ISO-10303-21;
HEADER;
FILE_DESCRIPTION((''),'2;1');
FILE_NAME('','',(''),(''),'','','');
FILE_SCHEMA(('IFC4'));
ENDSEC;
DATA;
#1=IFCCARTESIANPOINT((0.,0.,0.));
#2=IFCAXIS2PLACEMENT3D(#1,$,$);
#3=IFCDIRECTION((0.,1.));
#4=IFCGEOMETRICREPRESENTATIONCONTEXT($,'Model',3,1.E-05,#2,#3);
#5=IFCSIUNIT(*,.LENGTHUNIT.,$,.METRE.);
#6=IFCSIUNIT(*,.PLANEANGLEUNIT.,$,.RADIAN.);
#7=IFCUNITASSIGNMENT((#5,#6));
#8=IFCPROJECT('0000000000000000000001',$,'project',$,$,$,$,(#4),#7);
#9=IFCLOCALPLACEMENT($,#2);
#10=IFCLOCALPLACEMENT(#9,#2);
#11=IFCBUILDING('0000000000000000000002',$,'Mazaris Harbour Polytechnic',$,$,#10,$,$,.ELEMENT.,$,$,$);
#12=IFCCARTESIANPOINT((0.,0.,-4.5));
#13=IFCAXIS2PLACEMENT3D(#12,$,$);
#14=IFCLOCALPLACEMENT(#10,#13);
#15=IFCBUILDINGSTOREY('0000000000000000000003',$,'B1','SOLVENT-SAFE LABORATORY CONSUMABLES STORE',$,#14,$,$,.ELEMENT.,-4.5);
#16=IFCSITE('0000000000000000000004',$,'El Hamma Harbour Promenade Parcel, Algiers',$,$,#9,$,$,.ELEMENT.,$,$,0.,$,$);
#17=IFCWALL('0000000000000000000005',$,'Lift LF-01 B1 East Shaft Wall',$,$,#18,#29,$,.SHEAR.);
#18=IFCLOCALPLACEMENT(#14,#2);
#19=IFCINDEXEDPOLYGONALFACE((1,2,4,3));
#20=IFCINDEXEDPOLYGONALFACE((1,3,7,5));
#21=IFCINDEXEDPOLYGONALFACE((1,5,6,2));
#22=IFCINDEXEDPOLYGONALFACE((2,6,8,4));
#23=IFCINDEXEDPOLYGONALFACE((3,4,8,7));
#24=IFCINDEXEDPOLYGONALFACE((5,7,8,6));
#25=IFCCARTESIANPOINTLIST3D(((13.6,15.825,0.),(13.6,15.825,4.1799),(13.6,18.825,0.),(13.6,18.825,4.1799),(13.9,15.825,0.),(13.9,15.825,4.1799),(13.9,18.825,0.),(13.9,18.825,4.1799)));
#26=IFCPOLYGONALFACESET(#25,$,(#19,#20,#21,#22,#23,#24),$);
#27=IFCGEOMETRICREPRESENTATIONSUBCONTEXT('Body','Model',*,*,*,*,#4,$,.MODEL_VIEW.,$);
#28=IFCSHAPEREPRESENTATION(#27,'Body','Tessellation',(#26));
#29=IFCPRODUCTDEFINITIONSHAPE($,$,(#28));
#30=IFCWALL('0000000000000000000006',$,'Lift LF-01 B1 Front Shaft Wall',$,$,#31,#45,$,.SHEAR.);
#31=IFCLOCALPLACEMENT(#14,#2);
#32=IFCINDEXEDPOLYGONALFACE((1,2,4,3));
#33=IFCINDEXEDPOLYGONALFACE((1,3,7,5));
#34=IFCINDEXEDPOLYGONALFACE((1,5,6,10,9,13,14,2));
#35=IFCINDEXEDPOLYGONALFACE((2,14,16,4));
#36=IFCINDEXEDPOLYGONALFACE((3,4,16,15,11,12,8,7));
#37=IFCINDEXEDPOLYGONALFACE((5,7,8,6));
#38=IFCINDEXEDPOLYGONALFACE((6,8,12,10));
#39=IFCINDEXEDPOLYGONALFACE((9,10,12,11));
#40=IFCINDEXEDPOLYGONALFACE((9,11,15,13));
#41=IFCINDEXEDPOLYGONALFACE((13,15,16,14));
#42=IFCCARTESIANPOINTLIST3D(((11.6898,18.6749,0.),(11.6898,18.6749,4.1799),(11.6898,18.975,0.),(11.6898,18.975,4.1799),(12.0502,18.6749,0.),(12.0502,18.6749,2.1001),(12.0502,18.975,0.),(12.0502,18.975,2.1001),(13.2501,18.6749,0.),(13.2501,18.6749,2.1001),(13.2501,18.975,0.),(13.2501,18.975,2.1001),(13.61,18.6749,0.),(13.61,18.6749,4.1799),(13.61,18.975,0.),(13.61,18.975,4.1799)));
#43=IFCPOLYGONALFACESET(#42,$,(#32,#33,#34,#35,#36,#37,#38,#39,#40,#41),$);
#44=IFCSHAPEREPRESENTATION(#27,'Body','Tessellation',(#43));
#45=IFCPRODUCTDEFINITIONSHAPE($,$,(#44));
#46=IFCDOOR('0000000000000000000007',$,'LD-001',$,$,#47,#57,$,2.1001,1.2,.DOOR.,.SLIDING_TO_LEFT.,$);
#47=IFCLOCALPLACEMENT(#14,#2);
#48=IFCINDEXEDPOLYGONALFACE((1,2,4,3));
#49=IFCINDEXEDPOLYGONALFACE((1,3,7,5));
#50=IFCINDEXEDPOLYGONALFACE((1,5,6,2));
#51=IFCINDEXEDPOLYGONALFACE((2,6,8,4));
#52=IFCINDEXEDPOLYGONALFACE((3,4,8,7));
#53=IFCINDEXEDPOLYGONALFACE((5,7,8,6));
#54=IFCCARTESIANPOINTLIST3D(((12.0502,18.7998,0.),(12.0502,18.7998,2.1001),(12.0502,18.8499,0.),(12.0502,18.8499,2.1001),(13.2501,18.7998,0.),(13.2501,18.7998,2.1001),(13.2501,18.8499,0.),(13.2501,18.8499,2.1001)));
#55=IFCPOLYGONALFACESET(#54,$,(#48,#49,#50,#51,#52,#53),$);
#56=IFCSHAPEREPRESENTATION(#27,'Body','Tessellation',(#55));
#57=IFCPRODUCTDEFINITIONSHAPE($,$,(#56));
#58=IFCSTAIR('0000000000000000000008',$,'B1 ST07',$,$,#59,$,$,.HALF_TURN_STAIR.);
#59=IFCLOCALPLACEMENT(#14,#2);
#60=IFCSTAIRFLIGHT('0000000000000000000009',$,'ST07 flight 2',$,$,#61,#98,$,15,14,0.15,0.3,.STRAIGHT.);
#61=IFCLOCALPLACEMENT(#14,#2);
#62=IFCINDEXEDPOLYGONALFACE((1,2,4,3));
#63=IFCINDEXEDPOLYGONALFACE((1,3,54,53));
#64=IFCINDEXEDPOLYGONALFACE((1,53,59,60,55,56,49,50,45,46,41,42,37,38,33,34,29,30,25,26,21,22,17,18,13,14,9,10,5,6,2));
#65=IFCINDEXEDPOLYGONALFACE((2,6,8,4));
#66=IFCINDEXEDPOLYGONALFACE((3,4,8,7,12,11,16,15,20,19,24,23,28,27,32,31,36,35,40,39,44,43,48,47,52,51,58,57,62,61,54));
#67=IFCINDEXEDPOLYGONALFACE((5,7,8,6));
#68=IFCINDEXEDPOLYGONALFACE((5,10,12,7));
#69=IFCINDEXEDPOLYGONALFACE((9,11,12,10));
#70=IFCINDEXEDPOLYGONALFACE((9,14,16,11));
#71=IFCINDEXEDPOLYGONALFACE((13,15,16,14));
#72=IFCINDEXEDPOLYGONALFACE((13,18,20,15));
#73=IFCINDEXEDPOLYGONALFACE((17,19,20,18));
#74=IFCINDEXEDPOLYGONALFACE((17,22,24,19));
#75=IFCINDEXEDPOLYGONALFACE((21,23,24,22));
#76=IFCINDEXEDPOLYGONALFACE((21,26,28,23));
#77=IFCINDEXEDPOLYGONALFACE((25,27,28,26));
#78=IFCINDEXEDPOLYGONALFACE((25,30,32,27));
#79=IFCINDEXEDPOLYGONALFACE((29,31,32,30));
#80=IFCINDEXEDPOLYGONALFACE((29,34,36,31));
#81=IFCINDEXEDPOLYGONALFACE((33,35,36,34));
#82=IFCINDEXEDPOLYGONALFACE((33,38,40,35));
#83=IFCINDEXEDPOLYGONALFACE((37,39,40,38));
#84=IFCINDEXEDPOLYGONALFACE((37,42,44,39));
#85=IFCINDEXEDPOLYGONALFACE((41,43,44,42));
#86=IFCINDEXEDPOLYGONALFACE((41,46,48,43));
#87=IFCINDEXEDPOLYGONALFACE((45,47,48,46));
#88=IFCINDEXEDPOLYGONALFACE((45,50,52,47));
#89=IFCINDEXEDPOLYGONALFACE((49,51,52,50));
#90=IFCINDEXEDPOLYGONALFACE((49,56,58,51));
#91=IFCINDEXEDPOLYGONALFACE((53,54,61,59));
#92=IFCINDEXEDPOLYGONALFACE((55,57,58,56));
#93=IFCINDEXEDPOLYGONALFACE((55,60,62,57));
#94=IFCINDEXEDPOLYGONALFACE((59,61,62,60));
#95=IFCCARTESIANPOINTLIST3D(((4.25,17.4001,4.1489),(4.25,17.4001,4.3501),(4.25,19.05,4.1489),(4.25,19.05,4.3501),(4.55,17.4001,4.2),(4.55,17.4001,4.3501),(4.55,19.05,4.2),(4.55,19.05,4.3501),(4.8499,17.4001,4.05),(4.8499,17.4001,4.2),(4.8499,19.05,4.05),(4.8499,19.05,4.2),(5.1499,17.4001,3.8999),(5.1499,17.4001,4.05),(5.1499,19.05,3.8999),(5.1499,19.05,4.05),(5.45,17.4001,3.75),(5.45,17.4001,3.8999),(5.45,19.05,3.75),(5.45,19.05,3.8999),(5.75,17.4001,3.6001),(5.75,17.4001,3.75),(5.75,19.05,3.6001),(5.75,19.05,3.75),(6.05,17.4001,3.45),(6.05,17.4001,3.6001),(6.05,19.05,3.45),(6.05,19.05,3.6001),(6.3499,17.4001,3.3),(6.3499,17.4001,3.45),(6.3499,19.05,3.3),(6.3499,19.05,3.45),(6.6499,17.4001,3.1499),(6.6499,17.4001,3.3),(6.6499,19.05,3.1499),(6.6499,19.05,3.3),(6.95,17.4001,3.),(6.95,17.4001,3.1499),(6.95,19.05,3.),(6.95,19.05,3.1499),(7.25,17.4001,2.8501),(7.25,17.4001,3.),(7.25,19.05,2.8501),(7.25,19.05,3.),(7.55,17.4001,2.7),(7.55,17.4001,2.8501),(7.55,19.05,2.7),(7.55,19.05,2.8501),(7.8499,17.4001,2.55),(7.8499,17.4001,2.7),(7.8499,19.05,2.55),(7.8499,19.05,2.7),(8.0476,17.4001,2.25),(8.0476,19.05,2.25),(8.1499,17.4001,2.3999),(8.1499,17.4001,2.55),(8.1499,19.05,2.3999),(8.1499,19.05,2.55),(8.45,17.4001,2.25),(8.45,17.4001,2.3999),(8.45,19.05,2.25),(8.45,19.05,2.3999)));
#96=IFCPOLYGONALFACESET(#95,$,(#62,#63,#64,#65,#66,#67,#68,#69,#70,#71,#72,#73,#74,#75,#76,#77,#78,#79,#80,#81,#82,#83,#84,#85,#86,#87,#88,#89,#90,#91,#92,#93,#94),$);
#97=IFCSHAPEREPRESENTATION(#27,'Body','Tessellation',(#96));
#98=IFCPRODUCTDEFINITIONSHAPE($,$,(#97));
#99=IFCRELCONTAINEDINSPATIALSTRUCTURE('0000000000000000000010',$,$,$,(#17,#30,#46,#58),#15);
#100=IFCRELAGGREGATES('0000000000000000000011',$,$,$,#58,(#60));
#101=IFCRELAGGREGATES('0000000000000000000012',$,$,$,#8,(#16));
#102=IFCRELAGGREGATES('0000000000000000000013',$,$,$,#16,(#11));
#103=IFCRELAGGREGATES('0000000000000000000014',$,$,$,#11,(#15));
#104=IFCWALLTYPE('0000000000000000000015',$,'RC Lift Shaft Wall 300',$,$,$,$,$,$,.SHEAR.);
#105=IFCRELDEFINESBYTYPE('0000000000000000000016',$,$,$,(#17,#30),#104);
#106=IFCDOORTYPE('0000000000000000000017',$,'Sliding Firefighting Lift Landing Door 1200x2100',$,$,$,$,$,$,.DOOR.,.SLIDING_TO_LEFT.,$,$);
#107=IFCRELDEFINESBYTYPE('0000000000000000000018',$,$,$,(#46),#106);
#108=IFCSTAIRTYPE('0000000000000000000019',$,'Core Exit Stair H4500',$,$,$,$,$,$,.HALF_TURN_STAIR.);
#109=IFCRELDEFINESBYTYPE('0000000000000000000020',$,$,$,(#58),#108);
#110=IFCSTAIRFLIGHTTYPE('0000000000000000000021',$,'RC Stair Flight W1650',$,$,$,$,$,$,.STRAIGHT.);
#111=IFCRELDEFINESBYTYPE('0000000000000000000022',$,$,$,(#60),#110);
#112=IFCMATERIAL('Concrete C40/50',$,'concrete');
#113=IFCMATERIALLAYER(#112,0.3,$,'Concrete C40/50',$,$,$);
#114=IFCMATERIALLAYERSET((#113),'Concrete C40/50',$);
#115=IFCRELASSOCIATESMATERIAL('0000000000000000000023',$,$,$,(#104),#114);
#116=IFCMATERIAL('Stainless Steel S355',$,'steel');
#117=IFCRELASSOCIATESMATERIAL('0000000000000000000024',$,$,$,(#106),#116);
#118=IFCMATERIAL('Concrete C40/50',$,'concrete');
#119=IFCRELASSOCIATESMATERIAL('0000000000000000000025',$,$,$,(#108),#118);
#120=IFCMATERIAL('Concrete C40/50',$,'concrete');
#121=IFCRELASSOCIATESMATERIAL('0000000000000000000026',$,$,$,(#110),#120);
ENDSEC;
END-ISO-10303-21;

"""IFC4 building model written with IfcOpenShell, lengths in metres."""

from ifc_helpers import new_model, si_unit, direction, frame, frame_2d, origin, place, context, subcontext, project, spatial, polyline, rectangle, outline, extrude, material, layer, layer_set, type_object, element, fill, aggregate, save


model = new_model("IFC4")

# Units and contexts
model_context = context("Model", 3, precision=1e-05, world=origin(), true_north=direction((0.0, 1.0)))
body_context = subcontext(model_context, "Body", "Model", "MODEL_VIEW")
ifc_project = project(units=[si_unit("LENGTHUNIT", "METRE"), si_unit("PLANEANGLEUNIT", "RADIAN")], contexts=[model_context])

# Site, building, storey
site_placement = place(None, origin())
site = spatial("IfcSite", under=ifc_project, at=site_placement, Name="El Hamma Harbour Promenade Parcel, Algiers", CompositionType="ELEMENT", RefElevation=0.0)
building_placement = place(site_placement, origin())
building = spatial("IfcBuilding", under=site, at=building_placement, Name="Mazaris Harbour Polytechnic", CompositionType="ELEMENT")
storey_placement = place(building_placement, frame((0.0, 0.0, -4.5)))
storey = spatial("IfcBuildingStorey", under=building, at=storey_placement, Name="B1", Description="SOLVENT-SAFE LABORATORY CONSUMABLES STORE", CompositionType="ELEMENT", Elevation=-4.5)

# Wall
ifc_material_1 = material(Name="Concrete C40/50", Category="concrete")
ifc_layer_1 = layer(ifc_material_1, 0.3, Name="Concrete C40/50")
ifc_layer_set_1 = layer_set([ifc_layer_1], Name="Concrete C40/50")
wall_type_1 = type_object("IfcWallType", Name="RC Lift Shaft Wall 300", PredefinedType="SHEAR", material=ifc_layer_set_1)
for number, where, z_axis, x_axis, name in (
    (1, (13.75, 15.825, 0.0), (0.0, 0.0, 1.0), (0.0, 1.0, 0.0), "Lift LF-01 B1 East Shaft Wall"),
):
    element("IfcWall", number, at=place(storey_placement, frame(where, z_axis=z_axis, x_axis=x_axis)), inside=storey, type_object=wall_type_1, Name=name, PredefinedType="SHEAR", context=body_context, shape_type="SweptSolid", body=[
        extrude(rectangle(XDim=3.0, YDim=0.3, at=frame_2d((1.5, 0.0))), origin(), (0.0, 0.0, 1.0), 4.1799),
    ])

# Wall, opening, door
wall_1_placement = place(storey_placement, frame((11.6899, 18.825, 0.0), z_axis=(0.0, 0.0, 1.0), x_axis=(1.0, 0.0, 0.0)))
wall_1 = element("IfcWall", 2, at=wall_1_placement, inside=storey, type_object=wall_type_1, Name="Lift LF-01 B1 Front Shaft Wall", PredefinedType="SHEAR", context=body_context, shape_type="SweptSolid", body=[
    extrude(rectangle(XDim=1.9202, YDim=0.3, at=frame_2d((0.96, 0.0))), origin(), (0.0, 0.0, 1.0), 4.1799),
])
opening_placement = place(wall_1_placement, frame((0.3601, 0.0, 0.0)))
opening = element("IfcOpeningElement", 3, at=opening_placement, cuts=wall_1, PredefinedType="OPENING", context=body_context, shape_type="SweptSolid", body=[
    extrude(rectangle(XDim=1.2, YDim=2.1001, at=frame_2d((0.6001, 1.05))), frame((0.0, 0.1599, 0.0), z_axis=(0.0, -1.0, 0.0), x_axis=(1.0, 0.0, 0.0)), (0.0, 0.0, 1.0), 0.3201),
])
ifc_material_2 = material(Name="Stainless Steel S355", Category="steel")
door_type = type_object("IfcDoorType", Name="Sliding Firefighting Lift Landing Door 1200x2100", OperationType="SLIDING_TO_LEFT", PredefinedType="DOOR", material=ifc_material_2)
door_placement = place(opening_placement, origin())
door = element("IfcDoor", 4, at=door_placement, inside=storey, type_object=door_type, Name="LD-001", OperationType="SLIDING_TO_LEFT", OverallHeight=2.1001, OverallWidth=1.2, PredefinedType="DOOR", context=body_context, shape_type="SweptSolid", body=[
    extrude(rectangle(XDim=1.2, YDim=2.1001, at=frame_2d((0.6001, 1.05))), frame((0.0, 0.0249, 0.0), z_axis=(0.0, -1.0, 0.0), x_axis=(1.0, 0.0, 0.0)), (0.0, 0.0, 1.0), 0.05),
])
fill(opening, door)

# Stair, stair flight
ifc_material_3 = material(Name="Concrete C40/50", Category="concrete")
stair_type = type_object("IfcStairType", Name="Core Exit Stair H4500", PredefinedType="HALF_TURN_STAIR", material=ifc_material_3)
stair_placement = place(storey_placement, origin())
stair = element("IfcStair", 5, at=stair_placement, inside=storey, type_object=stair_type, Name="B1 ST07", PredefinedType="HALF_TURN_STAIR")
ifc_material_4 = material(Name="Concrete C40/50", Category="concrete")
stair_flight_type = type_object("IfcStairFlightType", Name="RC Stair Flight W1650", PredefinedType="STRAIGHT", material=ifc_material_4)
stair_flight_placement = place(storey_placement, frame((8.45, 18.2251, 2.25), z_axis=(0.0, 0.0, 1.0), x_axis=(-1.0, 0.0, 0.0)))
stair_flight = element("IfcStairFlight", 6, at=stair_flight_placement, type_object=stair_flight_type, Name="ST07 flight 2", NumberOfRisers=15, NumberOfTreads=14, PredefinedType="STRAIGHT", RiserHeight=0.15, TreadLength=0.3, context=body_context, shape_type="SweptSolid", body=[
    extrude(outline(polyline([(0.0, 0.0), (0.0, 0.1499), (0.3, 0.1499), (0.3, 0.3), (0.6001, 0.3), (0.6001, 0.45), (0.8999, 0.45), (0.8999, 0.6001), (1.2, 0.6001), (1.2, 0.75), (1.5, 0.75), (1.5, 0.8999), (1.8, 0.8999), (1.8, 1.05), (2.1001, 1.05), (2.1001, 1.2), (2.3999, 1.2), (2.3999, 1.3501), (2.7, 1.3501), (2.7, 1.5), (3.0, 1.5), (3.0, 1.6499), (3.3, 1.6499), (3.3, 1.8), (3.6001, 1.8), (3.6001, 1.95), (3.8999, 1.95), (3.8999, 2.1001), (4.2, 2.1001), (4.2, 2.25), (4.2, 1.8989), (0.4023, 0.0), (0.0, 0.0)])), frame((0.0, 0.825, 0.0), z_axis=(0.0, -1.0, 0.0), x_axis=(1.0, 0.0, 0.0)), (0.0, 0.0, 1.0), 1.6499),
])
aggregate(stair, [stair_flight])

save(model, "model.ifc")
